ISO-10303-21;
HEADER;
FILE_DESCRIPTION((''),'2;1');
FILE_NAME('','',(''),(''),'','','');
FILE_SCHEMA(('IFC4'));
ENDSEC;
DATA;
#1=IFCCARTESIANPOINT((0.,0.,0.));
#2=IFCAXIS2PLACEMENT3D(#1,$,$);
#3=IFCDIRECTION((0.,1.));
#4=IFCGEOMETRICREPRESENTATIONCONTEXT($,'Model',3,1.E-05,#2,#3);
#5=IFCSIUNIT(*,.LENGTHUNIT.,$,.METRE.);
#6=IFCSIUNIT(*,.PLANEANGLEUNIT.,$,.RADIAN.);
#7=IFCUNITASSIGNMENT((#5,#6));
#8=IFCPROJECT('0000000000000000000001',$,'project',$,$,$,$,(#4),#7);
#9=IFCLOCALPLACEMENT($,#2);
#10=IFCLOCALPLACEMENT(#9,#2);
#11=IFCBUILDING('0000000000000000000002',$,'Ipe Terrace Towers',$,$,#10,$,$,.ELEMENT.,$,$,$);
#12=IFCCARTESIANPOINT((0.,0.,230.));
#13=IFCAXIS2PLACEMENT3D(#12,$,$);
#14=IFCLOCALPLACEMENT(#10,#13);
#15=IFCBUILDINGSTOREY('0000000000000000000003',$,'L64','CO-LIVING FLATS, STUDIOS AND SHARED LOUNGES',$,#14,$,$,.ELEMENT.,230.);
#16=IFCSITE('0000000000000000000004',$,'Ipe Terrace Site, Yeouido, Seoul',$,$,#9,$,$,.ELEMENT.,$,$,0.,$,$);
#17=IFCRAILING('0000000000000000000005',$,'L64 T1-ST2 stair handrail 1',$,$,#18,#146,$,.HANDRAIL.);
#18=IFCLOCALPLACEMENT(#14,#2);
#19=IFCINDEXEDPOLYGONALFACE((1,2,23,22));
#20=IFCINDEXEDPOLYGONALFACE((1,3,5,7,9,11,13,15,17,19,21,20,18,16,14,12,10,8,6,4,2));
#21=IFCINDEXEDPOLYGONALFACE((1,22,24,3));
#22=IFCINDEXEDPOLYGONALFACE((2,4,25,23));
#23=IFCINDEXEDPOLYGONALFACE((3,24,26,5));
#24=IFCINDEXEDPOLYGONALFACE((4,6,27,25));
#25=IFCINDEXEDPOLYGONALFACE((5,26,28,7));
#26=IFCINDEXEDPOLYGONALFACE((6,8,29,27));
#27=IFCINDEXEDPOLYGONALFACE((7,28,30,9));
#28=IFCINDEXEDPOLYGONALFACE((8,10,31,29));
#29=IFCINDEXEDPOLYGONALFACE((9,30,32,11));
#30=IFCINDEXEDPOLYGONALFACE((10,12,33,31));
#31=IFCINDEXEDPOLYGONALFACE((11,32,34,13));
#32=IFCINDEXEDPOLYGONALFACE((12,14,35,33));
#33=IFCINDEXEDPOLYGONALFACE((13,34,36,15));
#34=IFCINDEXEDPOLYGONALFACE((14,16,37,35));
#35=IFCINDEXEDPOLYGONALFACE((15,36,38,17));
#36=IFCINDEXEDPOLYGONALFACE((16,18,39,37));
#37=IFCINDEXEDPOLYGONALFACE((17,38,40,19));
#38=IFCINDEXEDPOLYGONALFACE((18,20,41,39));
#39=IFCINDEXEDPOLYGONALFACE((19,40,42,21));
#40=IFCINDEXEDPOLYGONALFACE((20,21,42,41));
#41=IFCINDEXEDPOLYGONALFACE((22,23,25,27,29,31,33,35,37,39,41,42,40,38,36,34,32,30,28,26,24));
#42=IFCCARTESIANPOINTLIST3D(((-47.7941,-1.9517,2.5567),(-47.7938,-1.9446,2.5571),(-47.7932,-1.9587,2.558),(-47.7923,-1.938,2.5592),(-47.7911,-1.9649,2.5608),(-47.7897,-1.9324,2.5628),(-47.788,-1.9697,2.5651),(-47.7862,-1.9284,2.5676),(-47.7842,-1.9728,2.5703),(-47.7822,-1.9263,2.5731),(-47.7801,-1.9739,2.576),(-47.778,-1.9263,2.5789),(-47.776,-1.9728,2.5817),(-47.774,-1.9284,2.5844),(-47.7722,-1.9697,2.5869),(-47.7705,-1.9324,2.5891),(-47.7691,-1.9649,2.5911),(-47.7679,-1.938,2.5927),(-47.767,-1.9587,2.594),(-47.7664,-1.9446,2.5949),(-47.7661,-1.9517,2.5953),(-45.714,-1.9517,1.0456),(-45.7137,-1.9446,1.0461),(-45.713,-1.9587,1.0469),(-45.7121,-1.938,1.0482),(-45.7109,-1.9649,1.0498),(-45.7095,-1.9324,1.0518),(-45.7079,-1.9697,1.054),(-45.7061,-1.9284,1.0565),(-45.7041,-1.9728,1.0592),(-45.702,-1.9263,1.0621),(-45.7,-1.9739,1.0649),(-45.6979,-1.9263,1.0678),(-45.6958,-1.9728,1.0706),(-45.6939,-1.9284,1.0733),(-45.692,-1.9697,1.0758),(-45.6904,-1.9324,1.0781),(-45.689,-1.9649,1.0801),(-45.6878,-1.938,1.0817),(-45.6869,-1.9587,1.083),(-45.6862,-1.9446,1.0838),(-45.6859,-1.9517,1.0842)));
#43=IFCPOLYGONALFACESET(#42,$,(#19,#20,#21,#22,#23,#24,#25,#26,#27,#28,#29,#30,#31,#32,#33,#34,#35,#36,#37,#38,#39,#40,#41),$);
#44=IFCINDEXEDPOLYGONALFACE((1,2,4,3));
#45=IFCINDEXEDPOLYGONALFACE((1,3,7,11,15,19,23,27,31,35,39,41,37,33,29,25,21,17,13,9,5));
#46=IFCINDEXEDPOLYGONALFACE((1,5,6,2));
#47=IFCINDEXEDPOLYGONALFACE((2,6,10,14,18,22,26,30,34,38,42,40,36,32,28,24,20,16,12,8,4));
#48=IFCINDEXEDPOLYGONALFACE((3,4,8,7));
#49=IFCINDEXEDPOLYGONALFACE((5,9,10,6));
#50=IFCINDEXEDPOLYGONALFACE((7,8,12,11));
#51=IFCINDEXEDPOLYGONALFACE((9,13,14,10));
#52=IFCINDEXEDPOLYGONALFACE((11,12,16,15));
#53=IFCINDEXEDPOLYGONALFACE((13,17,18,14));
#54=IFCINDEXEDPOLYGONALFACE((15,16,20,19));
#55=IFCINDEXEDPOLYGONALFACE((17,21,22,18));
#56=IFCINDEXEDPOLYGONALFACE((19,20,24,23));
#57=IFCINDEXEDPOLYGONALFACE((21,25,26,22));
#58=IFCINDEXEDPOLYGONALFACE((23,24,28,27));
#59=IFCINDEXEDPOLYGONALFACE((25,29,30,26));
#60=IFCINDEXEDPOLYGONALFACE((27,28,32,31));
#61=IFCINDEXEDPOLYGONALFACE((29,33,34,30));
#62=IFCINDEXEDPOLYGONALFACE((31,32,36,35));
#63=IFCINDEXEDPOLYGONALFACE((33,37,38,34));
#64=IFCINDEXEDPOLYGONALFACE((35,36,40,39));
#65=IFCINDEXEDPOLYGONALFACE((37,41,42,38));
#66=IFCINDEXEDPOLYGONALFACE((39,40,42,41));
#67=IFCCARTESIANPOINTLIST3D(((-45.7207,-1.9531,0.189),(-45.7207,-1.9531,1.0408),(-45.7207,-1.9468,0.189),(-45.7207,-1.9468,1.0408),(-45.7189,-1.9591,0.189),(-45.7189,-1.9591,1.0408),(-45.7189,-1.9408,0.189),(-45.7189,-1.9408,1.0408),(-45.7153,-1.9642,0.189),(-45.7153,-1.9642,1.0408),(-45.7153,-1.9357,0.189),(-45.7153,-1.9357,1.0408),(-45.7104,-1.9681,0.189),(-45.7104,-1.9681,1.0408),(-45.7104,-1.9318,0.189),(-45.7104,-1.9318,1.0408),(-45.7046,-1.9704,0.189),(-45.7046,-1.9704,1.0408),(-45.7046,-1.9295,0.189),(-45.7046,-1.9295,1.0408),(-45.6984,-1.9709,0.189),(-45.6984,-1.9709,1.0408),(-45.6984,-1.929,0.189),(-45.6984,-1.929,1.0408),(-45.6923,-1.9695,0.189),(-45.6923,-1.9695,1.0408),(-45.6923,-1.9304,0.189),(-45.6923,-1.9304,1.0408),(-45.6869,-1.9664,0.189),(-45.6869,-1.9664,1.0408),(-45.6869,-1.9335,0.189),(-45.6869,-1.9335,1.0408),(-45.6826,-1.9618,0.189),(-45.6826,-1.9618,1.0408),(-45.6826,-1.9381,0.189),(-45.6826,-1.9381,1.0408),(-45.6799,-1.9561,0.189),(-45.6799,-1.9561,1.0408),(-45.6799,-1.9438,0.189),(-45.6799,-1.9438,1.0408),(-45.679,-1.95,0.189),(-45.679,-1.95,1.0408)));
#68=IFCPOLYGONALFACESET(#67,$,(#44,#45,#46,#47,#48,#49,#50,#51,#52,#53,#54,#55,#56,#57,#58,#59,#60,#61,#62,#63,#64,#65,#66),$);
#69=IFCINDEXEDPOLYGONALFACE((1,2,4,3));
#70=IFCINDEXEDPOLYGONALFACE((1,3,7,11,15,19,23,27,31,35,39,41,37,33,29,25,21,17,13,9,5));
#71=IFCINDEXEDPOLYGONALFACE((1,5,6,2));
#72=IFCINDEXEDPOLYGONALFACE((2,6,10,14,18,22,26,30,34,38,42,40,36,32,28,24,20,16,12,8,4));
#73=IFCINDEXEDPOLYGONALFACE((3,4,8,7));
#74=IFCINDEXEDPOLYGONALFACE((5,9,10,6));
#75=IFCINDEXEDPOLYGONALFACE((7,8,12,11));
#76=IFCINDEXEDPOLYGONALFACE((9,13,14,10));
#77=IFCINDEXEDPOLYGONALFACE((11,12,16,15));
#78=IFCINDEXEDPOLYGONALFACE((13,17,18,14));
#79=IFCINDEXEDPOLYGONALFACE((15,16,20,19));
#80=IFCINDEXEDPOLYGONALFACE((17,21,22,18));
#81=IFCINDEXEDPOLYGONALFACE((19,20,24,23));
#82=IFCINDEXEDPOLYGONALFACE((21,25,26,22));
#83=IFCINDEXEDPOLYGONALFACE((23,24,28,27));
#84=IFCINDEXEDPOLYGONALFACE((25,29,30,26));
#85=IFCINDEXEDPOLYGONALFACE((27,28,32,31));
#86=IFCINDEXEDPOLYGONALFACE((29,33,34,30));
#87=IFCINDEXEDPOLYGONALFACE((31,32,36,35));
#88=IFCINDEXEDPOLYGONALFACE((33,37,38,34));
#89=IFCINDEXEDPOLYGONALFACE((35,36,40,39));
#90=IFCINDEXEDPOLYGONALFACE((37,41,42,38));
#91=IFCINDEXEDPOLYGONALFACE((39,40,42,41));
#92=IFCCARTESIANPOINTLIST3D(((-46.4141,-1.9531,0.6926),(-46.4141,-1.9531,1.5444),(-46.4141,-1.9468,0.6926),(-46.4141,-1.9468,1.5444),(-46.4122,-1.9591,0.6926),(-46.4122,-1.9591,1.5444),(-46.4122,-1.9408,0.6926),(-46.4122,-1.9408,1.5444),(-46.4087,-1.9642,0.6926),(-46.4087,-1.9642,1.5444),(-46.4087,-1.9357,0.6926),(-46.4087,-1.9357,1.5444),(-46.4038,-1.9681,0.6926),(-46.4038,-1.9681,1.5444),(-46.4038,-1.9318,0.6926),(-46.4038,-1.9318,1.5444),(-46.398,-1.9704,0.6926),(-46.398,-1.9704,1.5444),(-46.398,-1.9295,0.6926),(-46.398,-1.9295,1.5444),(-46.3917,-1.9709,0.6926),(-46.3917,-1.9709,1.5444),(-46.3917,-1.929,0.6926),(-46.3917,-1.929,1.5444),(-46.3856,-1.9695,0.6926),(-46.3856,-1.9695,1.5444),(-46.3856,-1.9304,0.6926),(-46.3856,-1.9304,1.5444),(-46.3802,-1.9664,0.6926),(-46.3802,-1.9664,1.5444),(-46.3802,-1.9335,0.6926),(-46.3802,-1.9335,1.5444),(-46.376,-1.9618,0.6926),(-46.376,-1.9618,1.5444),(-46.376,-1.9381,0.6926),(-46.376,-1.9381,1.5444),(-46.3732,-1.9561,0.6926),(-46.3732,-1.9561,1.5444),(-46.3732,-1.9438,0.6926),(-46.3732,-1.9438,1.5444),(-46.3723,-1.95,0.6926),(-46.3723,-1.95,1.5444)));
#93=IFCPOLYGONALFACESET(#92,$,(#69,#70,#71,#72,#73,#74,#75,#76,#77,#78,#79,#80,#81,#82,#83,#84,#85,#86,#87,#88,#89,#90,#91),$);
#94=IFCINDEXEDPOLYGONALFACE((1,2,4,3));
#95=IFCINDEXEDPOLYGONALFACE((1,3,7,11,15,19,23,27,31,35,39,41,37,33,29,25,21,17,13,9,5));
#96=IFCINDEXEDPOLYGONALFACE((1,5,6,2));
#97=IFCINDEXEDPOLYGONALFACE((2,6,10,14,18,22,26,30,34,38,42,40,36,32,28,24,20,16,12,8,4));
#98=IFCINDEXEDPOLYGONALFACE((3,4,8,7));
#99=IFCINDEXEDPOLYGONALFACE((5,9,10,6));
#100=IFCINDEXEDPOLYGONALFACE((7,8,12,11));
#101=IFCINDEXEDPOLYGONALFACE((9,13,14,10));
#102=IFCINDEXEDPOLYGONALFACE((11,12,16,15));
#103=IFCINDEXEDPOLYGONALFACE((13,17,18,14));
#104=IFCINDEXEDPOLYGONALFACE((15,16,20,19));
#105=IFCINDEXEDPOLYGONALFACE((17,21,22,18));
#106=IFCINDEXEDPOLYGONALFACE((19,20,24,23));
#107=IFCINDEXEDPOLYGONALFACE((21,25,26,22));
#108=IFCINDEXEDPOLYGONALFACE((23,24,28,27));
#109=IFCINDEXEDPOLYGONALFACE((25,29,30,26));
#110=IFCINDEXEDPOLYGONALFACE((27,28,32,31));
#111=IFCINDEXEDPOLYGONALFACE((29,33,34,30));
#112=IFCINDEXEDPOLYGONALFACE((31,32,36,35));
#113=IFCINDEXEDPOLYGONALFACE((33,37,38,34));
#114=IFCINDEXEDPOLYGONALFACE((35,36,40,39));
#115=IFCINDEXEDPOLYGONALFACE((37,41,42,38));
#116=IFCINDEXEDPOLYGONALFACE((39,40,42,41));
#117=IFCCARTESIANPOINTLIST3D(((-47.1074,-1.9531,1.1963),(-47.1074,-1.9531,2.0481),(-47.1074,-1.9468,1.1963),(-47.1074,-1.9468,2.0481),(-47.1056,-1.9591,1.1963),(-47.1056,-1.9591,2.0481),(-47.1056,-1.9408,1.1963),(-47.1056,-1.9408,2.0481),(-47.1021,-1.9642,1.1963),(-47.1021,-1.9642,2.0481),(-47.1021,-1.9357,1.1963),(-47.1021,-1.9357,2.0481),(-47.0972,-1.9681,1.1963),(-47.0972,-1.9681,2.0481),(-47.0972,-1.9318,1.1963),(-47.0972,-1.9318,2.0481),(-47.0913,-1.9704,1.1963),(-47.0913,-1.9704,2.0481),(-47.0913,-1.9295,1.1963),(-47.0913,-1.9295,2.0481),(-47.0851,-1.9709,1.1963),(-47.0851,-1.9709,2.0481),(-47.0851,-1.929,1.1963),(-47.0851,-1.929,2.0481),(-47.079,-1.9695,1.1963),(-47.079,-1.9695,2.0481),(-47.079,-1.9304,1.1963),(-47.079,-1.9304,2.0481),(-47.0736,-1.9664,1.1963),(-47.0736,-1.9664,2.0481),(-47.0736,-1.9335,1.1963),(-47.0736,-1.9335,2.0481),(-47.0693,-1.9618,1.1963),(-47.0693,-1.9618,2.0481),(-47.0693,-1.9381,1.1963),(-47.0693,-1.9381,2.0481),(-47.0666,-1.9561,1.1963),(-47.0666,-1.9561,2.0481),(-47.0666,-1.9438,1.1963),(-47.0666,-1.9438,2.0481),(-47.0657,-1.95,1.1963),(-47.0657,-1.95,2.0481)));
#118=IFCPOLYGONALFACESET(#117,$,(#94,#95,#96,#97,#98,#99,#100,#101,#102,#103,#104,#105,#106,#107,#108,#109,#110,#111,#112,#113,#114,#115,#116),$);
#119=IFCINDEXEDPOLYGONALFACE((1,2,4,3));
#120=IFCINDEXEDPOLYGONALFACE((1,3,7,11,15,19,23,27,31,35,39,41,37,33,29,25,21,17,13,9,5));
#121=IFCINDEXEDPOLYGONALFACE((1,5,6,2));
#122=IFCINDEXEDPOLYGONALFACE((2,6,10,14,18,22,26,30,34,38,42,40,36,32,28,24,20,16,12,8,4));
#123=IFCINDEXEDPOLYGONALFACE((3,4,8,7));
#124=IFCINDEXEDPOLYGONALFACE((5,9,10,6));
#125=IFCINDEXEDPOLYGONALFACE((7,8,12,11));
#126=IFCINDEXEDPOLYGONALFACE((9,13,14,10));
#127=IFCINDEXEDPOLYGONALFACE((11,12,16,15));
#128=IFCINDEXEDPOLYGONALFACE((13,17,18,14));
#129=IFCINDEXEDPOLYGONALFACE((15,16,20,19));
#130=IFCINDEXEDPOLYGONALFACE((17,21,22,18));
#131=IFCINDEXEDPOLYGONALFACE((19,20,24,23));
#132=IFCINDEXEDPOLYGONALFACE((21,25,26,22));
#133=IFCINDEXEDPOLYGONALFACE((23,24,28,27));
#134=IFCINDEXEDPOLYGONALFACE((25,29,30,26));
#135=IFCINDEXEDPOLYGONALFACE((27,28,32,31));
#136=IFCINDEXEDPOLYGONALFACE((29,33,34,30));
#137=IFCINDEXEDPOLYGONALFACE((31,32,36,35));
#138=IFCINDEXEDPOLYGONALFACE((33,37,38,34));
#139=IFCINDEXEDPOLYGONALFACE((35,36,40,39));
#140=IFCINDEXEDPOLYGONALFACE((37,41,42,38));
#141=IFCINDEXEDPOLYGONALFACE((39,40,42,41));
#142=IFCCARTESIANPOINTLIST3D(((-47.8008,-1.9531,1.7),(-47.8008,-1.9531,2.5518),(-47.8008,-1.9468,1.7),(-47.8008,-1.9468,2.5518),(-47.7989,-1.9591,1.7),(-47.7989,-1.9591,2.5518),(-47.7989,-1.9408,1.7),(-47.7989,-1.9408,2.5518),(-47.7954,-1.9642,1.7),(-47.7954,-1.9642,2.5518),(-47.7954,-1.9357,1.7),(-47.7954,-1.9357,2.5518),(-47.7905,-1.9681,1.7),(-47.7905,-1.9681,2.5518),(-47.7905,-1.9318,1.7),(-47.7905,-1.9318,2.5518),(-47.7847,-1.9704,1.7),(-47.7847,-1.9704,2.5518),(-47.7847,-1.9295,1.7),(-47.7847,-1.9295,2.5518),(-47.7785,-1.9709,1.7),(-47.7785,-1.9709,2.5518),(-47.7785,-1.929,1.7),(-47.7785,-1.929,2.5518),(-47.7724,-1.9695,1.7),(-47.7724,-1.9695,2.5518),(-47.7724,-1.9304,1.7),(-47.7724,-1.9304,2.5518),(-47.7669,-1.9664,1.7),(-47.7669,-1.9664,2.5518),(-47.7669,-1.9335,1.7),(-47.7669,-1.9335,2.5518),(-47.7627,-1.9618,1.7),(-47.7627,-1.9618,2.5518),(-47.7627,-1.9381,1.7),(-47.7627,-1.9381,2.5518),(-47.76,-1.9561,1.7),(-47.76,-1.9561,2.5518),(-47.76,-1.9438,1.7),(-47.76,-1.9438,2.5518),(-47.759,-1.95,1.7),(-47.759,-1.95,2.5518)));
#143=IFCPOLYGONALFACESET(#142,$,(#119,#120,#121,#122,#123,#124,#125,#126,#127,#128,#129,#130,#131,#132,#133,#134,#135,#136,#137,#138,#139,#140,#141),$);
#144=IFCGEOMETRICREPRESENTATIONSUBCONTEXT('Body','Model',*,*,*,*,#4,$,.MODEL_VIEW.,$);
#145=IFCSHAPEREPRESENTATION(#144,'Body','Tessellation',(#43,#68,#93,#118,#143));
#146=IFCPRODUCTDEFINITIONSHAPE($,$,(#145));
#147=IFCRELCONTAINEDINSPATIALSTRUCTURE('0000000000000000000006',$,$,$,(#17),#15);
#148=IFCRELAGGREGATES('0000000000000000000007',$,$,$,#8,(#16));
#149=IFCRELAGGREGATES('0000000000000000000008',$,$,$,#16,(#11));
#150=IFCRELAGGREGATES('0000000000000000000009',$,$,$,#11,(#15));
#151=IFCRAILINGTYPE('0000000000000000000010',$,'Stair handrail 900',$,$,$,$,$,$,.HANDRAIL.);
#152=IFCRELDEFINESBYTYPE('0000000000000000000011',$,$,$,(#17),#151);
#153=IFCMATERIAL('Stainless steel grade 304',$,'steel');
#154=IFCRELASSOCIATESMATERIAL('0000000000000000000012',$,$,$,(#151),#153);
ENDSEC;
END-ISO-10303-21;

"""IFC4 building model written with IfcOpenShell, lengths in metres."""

from ifc_helpers import new_model, si_unit, direction, frame, origin, origin_2d, place, context, subcontext, project, spatial, circle, extrude, material, type_object, element, save


model = new_model("IFC4")

# Units and contexts
model_context = context("Model", 3, precision=1e-05, world=origin(), true_north=direction((0.0, 1.0)))
body_context = subcontext(model_context, "Body", "Model", "MODEL_VIEW")
ifc_project = project(units=[si_unit("LENGTHUNIT", "METRE"), si_unit("PLANEANGLEUNIT", "RADIAN")], contexts=[model_context])

# Site, building, storey
site_placement = place(None, origin())
site = spatial("IfcSite", under=ifc_project, at=site_placement, Name="Ipe Terrace Site, Yeouido, Seoul", CompositionType="ELEMENT", RefElevation=0.0)
building_placement = place(site_placement, origin())
building = spatial("IfcBuilding", under=site, at=building_placement, Name="Ipe Terrace Towers", CompositionType="ELEMENT")
storey_placement = place(building_placement, frame((0.0, 0.0, 230.0)))
storey = spatial("IfcBuildingStorey", under=building, at=storey_placement, Name="L64", Description="CO-LIVING FLATS, STUDIOS AND SHARED LOUNGES", CompositionType="ELEMENT", Elevation=230.0)

# Railing
ifc_material_1 = material(Name="Stainless steel grade 304", Category="steel")
railing_type = type_object("IfcRailingType", Name="Stair handrail 900", PredefinedType="HANDRAIL", material=ifc_material_1)
railing_placement = place(storey_placement, frame((-45.7, -1.95, 0.189)))
element("IfcRailing", 1, at=railing_placement, inside=storey, type_object=railing_type, Name="L64 T1-ST2 stair handrail 1", PredefinedType="HANDRAIL", context=body_context, shape_type="SweptSolid", body=[
    extrude(circle(Radius=0.0239, at=origin_2d()), frame((0.0, 0.0, 0.876), z_axis=(-0.809069, 0.0, 0.587714), x_axis=(0.0, -1.0, 0.0)), (0.0, 0.0, 1.0), 2.571),
    extrude(circle(Radius=0.021, at=origin_2d()), origin(), (0.0, 0.0, 1.0), 0.8518),
    extrude(circle(Radius=0.021, at=origin_2d()), frame((-0.6934, 0.0, 0.5037)), (0.0, 0.0, 1.0), 0.8518),
    extrude(circle(Radius=0.021, at=origin_2d()), frame((-1.3867, 0.0, 1.0073)), (0.0, 0.0, 1.0), 0.8518),
    extrude(circle(Radius=0.021, at=origin_2d()), frame((-2.0801, 0.0, 1.511)), (0.0, 0.0, 1.0), 0.8518),
])

save(model, "model.ifc")
